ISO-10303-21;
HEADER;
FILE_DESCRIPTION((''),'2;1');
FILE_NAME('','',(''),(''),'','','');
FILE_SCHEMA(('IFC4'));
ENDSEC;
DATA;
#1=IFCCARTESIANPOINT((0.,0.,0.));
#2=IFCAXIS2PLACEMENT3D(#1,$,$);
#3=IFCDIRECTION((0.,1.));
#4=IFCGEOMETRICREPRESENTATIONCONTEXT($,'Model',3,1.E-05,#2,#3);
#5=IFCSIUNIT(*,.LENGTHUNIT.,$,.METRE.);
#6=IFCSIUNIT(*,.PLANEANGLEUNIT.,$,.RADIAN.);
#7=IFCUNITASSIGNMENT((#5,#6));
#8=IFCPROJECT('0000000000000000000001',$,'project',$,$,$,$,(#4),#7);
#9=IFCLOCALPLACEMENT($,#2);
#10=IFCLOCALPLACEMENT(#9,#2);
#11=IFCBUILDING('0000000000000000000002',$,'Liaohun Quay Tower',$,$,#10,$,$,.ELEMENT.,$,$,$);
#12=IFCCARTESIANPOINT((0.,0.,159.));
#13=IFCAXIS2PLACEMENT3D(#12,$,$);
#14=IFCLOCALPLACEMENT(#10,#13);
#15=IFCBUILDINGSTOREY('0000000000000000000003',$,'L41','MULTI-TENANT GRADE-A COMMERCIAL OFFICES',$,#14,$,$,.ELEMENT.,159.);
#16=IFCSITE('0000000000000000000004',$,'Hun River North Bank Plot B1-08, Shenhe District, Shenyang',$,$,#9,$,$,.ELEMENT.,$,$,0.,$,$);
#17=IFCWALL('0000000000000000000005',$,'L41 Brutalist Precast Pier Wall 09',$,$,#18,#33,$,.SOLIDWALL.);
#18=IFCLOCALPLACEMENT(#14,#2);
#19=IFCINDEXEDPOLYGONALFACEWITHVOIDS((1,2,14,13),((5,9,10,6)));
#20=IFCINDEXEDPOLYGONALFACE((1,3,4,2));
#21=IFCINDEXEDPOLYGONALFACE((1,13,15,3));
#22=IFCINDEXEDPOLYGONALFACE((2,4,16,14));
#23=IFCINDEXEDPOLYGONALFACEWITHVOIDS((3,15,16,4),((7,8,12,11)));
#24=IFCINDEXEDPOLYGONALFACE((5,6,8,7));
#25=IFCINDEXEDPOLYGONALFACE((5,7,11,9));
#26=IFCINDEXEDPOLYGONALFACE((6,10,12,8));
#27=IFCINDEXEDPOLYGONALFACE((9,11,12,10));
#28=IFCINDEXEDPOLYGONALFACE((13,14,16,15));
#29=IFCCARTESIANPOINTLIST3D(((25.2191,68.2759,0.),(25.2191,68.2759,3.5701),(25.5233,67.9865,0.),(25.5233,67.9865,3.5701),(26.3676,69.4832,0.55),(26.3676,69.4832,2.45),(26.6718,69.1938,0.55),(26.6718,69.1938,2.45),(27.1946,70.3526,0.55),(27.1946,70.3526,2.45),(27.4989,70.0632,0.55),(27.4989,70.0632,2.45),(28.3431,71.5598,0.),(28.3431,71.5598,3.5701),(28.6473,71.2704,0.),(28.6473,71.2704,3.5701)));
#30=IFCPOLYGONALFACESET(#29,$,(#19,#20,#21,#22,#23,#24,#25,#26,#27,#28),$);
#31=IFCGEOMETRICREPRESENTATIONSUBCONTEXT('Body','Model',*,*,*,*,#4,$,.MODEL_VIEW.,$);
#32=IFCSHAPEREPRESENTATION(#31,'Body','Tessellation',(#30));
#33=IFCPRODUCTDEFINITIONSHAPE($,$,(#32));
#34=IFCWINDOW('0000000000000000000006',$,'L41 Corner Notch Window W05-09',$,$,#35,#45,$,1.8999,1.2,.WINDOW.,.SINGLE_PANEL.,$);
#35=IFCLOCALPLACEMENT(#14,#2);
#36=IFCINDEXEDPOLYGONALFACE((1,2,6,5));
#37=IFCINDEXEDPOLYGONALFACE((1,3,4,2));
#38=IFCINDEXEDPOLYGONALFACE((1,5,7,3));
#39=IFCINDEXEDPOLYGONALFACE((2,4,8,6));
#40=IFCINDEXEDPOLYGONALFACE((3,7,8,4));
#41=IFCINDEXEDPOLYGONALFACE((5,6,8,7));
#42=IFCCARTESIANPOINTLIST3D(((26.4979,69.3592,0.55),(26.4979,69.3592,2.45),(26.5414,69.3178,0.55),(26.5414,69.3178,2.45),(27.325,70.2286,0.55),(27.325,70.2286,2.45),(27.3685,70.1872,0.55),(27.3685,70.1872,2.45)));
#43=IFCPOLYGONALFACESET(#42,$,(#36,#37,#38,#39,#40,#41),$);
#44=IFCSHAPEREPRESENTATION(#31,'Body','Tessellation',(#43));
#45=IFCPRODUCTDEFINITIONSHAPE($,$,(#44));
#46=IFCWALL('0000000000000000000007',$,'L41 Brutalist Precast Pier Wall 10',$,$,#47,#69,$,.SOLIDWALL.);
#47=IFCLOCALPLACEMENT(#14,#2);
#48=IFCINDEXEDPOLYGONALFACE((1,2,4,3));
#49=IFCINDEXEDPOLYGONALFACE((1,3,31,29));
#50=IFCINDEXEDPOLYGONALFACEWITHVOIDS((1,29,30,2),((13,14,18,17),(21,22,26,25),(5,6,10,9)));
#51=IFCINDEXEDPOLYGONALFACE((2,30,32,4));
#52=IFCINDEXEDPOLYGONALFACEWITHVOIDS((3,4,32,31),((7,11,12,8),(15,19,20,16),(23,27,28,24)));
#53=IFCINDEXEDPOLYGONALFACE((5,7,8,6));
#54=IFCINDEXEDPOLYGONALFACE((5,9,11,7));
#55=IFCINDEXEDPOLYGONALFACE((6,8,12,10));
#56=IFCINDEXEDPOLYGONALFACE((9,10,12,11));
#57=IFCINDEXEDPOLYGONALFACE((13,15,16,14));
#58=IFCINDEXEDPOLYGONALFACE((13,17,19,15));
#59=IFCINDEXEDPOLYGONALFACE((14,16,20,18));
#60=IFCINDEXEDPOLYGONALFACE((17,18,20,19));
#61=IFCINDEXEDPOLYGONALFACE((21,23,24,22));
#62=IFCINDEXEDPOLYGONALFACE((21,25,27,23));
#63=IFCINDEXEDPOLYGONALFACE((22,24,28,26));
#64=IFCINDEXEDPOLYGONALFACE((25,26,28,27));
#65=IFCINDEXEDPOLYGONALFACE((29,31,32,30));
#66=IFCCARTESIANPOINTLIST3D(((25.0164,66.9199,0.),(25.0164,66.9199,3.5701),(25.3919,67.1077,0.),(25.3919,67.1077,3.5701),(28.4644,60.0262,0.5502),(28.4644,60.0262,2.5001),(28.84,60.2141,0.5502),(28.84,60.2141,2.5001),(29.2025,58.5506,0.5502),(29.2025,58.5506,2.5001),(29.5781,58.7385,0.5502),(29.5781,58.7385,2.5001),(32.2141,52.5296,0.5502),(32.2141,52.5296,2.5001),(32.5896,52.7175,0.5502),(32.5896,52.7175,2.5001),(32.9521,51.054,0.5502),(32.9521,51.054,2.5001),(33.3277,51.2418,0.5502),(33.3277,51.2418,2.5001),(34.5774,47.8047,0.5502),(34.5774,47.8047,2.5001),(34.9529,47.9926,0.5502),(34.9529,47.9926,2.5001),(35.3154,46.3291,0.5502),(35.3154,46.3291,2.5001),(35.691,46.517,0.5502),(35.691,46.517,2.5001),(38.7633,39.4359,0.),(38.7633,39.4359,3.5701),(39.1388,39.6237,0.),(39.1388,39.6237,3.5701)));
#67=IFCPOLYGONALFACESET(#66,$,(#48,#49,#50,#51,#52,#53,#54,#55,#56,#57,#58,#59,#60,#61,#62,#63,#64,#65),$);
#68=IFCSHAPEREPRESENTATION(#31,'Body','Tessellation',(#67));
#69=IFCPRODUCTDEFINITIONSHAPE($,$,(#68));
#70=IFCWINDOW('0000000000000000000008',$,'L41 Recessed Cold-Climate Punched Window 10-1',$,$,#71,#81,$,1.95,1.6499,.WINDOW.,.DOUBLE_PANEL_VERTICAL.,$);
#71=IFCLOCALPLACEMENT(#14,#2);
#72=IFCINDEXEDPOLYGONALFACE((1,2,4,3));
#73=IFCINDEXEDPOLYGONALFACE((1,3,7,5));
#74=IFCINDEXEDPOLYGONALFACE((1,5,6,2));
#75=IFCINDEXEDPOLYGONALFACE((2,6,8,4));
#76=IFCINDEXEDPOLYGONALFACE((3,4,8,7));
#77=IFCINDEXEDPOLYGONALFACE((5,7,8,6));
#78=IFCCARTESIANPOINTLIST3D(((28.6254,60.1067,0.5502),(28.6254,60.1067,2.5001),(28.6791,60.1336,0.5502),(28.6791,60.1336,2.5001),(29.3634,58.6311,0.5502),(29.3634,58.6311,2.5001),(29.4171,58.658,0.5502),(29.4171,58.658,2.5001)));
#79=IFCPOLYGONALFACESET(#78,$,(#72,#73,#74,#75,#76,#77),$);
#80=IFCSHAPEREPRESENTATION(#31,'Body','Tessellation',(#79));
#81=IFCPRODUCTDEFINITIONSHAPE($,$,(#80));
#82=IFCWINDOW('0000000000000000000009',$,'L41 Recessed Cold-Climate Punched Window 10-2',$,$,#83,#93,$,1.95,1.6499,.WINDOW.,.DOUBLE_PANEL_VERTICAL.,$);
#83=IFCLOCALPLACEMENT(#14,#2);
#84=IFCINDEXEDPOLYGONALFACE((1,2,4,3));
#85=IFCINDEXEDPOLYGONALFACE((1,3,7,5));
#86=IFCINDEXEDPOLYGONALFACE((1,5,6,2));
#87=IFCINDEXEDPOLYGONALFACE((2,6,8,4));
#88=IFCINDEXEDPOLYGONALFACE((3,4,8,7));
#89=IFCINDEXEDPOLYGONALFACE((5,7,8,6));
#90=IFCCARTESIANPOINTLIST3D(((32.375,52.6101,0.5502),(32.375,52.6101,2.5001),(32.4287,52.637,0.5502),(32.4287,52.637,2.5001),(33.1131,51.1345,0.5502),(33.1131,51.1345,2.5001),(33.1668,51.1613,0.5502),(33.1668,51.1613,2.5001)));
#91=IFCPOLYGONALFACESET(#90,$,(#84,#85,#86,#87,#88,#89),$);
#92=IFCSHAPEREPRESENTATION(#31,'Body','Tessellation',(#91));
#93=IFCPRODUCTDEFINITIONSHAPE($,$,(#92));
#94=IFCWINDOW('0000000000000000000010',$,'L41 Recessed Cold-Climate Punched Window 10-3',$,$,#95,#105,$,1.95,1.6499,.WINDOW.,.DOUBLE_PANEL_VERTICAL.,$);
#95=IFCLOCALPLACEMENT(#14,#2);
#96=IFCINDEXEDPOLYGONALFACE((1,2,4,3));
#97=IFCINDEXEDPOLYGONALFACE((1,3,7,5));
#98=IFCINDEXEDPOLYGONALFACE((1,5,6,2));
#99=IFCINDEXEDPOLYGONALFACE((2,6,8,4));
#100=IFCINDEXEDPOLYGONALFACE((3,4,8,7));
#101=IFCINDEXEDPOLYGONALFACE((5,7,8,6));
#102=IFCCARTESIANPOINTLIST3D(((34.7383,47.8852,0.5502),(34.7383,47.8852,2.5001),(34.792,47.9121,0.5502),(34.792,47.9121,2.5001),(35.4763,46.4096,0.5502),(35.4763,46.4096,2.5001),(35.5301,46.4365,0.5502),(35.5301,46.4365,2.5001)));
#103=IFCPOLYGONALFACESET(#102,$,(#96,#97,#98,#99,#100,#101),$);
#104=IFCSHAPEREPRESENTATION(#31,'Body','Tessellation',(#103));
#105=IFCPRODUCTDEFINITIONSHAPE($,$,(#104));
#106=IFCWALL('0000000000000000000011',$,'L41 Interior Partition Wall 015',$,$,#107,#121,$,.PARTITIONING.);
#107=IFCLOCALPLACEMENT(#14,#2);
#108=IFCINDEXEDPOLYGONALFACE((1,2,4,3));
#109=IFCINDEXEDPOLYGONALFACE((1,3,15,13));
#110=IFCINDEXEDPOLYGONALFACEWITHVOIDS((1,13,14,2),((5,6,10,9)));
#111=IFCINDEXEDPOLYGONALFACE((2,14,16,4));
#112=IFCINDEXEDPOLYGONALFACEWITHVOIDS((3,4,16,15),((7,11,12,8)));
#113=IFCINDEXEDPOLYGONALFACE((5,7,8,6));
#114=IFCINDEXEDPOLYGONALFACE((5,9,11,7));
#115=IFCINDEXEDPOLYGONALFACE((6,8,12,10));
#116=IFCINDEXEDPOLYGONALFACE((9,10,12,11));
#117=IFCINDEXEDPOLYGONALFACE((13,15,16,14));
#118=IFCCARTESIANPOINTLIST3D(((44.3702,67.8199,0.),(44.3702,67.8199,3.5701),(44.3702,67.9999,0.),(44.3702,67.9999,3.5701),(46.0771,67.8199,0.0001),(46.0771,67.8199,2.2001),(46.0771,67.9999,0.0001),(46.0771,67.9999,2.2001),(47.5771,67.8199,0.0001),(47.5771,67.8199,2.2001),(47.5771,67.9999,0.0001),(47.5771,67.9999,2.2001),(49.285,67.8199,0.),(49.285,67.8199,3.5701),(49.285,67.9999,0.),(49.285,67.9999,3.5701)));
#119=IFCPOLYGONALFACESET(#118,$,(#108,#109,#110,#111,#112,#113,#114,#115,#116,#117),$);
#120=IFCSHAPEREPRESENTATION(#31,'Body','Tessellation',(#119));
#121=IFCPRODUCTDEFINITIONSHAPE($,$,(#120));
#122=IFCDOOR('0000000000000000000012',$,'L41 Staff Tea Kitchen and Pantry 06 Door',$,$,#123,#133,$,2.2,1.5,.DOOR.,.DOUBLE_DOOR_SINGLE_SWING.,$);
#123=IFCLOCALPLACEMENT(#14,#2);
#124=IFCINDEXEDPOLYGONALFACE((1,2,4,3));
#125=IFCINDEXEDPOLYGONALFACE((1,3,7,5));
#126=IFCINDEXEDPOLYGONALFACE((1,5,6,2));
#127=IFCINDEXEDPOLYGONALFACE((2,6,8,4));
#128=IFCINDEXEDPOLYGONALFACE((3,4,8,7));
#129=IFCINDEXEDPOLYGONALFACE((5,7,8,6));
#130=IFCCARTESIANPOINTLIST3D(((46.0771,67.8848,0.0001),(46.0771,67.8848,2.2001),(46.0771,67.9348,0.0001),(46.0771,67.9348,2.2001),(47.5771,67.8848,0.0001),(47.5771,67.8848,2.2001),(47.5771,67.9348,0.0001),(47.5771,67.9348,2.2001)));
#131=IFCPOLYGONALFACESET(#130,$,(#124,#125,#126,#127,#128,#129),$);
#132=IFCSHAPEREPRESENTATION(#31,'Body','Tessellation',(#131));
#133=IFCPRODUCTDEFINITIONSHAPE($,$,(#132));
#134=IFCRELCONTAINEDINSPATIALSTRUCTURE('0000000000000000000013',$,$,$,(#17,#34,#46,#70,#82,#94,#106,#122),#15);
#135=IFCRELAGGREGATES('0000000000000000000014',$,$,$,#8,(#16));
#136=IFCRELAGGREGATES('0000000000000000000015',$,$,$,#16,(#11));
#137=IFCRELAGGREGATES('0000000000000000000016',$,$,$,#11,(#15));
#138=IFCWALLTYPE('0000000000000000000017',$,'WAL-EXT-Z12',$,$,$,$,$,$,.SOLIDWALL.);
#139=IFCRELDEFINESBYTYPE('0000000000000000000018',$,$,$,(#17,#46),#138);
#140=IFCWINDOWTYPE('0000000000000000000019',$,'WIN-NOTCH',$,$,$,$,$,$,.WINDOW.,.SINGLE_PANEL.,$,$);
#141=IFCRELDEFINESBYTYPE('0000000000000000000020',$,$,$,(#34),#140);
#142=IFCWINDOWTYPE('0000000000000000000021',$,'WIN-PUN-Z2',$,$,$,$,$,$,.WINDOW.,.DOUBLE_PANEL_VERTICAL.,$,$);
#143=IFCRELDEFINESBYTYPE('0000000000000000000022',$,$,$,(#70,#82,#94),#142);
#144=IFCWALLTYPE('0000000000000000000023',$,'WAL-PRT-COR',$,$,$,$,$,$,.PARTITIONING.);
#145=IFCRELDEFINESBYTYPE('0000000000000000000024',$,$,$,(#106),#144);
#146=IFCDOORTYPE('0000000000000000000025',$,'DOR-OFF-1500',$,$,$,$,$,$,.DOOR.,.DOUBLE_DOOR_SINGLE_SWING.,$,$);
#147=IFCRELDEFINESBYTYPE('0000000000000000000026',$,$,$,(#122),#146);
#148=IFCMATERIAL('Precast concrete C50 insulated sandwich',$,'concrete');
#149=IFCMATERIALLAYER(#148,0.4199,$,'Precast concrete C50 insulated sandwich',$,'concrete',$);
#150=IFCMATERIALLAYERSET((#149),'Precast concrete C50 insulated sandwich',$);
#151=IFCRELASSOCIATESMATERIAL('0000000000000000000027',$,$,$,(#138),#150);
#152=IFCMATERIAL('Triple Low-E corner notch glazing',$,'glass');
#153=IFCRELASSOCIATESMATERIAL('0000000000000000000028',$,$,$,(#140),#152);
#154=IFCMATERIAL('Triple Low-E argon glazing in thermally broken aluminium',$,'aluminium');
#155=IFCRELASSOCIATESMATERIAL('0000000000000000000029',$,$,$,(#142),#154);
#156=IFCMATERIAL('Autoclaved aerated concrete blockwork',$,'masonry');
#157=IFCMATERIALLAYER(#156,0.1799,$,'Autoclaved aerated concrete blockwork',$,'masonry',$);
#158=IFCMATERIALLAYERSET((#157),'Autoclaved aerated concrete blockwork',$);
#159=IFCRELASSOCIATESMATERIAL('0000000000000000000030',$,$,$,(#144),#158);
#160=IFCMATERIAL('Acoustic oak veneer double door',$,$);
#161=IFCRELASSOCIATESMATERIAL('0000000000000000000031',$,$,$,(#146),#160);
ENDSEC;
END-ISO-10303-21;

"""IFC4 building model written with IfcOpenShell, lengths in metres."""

from ifc_helpers import new_model, si_unit, direction, frame, frame_2d, origin, place, context, subcontext, project, spatial, rectangle, extrude, source, transform, mapped, material, layer, layer_set, type_object, element, fill, save


model = new_model("IFC4")

# Units and contexts
model_context = context("Model", 3, precision=1e-05, world=origin(), true_north=direction((0.0, 1.0)))
body_context = subcontext(model_context, "Body", "Model", "MODEL_VIEW")
ifc_project = project(units=[si_unit("LENGTHUNIT", "METRE"), si_unit("PLANEANGLEUNIT", "RADIAN")], contexts=[model_context])

# Site, building, storey
site_placement = place(None, origin())
site = spatial("IfcSite", under=ifc_project, at=site_placement, Name="Hun River North Bank Plot B1-08, Shenhe District, Shenyang", CompositionType="ELEMENT", RefElevation=0.0)
building_placement = place(site_placement, origin())
building = spatial("IfcBuilding", under=site, at=building_placement, Name="Liaohun Quay Tower", CompositionType="ELEMENT")
storey_placement = place(building_placement, frame((0.0, 0.0, 159.0)))
storey = spatial("IfcBuildingStorey", under=building, at=storey_placement, Name="L41", Description="MULTI-TENANT GRADE-A COMMERCIAL OFFICES", CompositionType="ELEMENT", Elevation=159.0)

# Wall, opening, window
ifc_material_1 = material(Name="Precast concrete C50 insulated sandwich", Category="concrete")
ifc_layer_1 = layer(ifc_material_1, 0.4199, Name="Precast concrete C50 insulated sandwich", Category="concrete")
ifc_layer_set_1 = layer_set([ifc_layer_1], Name="Precast concrete C50 insulated sandwich")
wall_type_1 = type_object("IfcWallType", Name="WAL-EXT-Z12", PredefinedType="SOLIDWALL", material=ifc_layer_set_1)
shared_shape_1 = source(origin(), body_context, "Body", "SweptSolid", [
    extrude(rectangle(XDim=1.2, YDim=1.8999, at=frame_2d((0.6001, 0.95))), frame((0.0, 0.22, 0.0), z_axis=(0.0, -1.0, 0.0), x_axis=(1.0, 0.0, 0.0)), (0.0, 0.0, 1.0), 0.4399),
])
ifc_material_2 = material(Name="Triple Low-E corner notch glazing", Category="glass")
window_type_1 = type_object("IfcWindowType", Name="WIN-NOTCH", PartitioningType="SINGLE_PANEL", PredefinedType="WINDOW", material=ifc_material_2)
shared_shape_2 = source(origin(), body_context, "Body", "SweptSolid", [
    extrude(rectangle(XDim=1.2, YDim=1.8999, at=frame_2d((0.6001, 0.95))), frame((0.0, 0.03, 0.0), z_axis=(0.0, -1.0, 0.0), x_axis=(1.0, 0.0, 0.0)), (0.0, 0.0, 1.0), 0.0601),
])
wall_1_placement = place(storey_placement, frame((28.4951, 71.415, 0.0), z_axis=(0.0, 0.0, 1.0), x_axis=(-0.689246, -0.724527, 0.0)))
wall_1 = element("IfcWall", 1, at=wall_1_placement, inside=storey, type_object=wall_type_1, Name="L41 Brutalist Precast Pier Wall 09", PredefinedType="SOLIDWALL", context=body_context, shape_type="SweptSolid", body=[
    extrude(rectangle(XDim=4.5325, YDim=0.4199, at=frame_2d((2.2661, 0.0))), origin(), (0.0, 0.0, 1.0), 3.5701),
])
opening_1_placement = place(wall_1_placement, frame((1.666, 0.0, 0.55)))
opening_1 = element("IfcOpeningElement", 2, at=opening_1_placement, cuts=wall_1, PredefinedType="OPENING", context=body_context, shape_type="MappedRepresentation", body=[
    mapped(shared_shape_1, transform((0.0, 0.0, 0.0), x_axis=(1.0, 0.0, 0.0), y_axis=(0.0, 1.0, 0.0), z_axis=(0.0, 0.0, 1.0), scale=1.0)),
])
window_1_placement = place(opening_1_placement, origin())
window_1 = element("IfcWindow", 3, at=window_1_placement, inside=storey, type_object=window_type_1, Name="L41 Corner Notch Window W05-09", OverallHeight=1.8999, OverallWidth=1.2, PartitioningType="SINGLE_PANEL", PredefinedType="WINDOW", context=body_context, shape_type="MappedRepresentation", body=[
    mapped(shared_shape_2, transform((0.0, 0.0, 0.0), x_axis=(1.0, 0.0, 0.0), y_axis=(0.0, 1.0, 0.0), z_axis=(0.0, 0.0, 1.0), scale=1.0)),
])
fill(opening_1, window_1)

# Wall, openings, windows
wall_2_placement = place(storey_placement, frame((25.2041, 67.0139, 0.0), z_axis=(0.0, 0.0, 1.0), x_axis=(0.447341, -0.894364, 0.0)))
wall_2 = element("IfcWall", 4, at=wall_2_placement, inside=storey, type_object=wall_type_1, Name="L41 Brutalist Precast Pier Wall 10", PredefinedType="SOLIDWALL", context=body_context, shape_type="SweptSolid", body=[
    extrude(rectangle(XDim=30.7302, YDim=0.4199, at=frame_2d((15.3652, 0.0))), origin(), (0.0, 0.0, 1.0), 3.5701),
])
shared_shape_3 = source(origin(), body_context, "Body", "SweptSolid", [
    extrude(rectangle(XDim=1.6499, YDim=1.95, at=frame_2d((0.825, 0.9751))), frame((0.0, 0.22, 0.0), z_axis=(0.0, -1.0, 0.0), x_axis=(1.0, 0.0, 0.0)), (0.0, 0.0, 1.0), 0.4399),
])
opening_2_placement = place(wall_2_placement, frame((7.708, 0.0, 0.55)))
opening_2 = element("IfcOpeningElement", 5, at=opening_2_placement, cuts=wall_2, PredefinedType="OPENING", context=body_context, shape_type="MappedRepresentation", body=[
    mapped(shared_shape_3, transform((0.0, 0.0, 0.0), x_axis=(1.0, 0.0, 0.0), y_axis=(0.0, 1.0, 0.0), z_axis=(0.0, 0.0, 1.0), scale=1.0)),
])
opening_3_placement = place(wall_2_placement, frame((16.0901, 0.0, 0.55)))
opening_3 = element("IfcOpeningElement", 6, at=opening_3_placement, cuts=wall_2, PredefinedType="OPENING", context=body_context, shape_type="MappedRepresentation", body=[
    mapped(shared_shape_3, transform((0.0, 0.0, 0.0), x_axis=(1.0, 0.0, 0.0), y_axis=(0.0, 1.0, 0.0), z_axis=(0.0, 0.0, 1.0), scale=1.0)),
])
opening_4_placement = place(wall_2_placement, frame((21.373, 0.0, 0.55)))
opening_4 = element("IfcOpeningElement", 7, at=opening_4_placement, cuts=wall_2, PredefinedType="OPENING", context=body_context, shape_type="MappedRepresentation", body=[
    mapped(shared_shape_3, transform((0.0, 0.0, 0.0), x_axis=(1.0, 0.0, 0.0), y_axis=(0.0, 1.0, 0.0), z_axis=(0.0, 0.0, 1.0), scale=1.0)),
])
ifc_material_3 = material(Name="Triple Low-E argon glazing in thermally broken aluminium", Category="aluminium")
window_type_2 = type_object("IfcWindowType", Name="WIN-PUN-Z2", PartitioningType="DOUBLE_PANEL_VERTICAL", PredefinedType="WINDOW", material=ifc_material_3)
shared_shape_4 = source(origin(), body_context, "Body", "SweptSolid", [
    extrude(rectangle(XDim=1.6499, YDim=1.95, at=frame_2d((0.825, 0.9751))), frame((0.0, 0.03, 0.0), z_axis=(0.0, -1.0, 0.0), x_axis=(1.0, 0.0, 0.0)), (0.0, 0.0, 1.0), 0.0601),
])
window_2_placement = place(opening_2_placement, origin())
window_2 = element("IfcWindow", 8, at=window_2_placement, inside=storey, type_object=window_type_2, Name="L41 Recessed Cold-Climate Punched Window 10-1", OverallHeight=1.95, OverallWidth=1.6499, PartitioningType="DOUBLE_PANEL_VERTICAL", PredefinedType="WINDOW", context=body_context, shape_type="MappedRepresentation", body=[
    mapped(shared_shape_4, transform((0.0, 0.0, 0.0), x_axis=(1.0, 0.0, 0.0), y_axis=(0.0, 1.0, 0.0), z_axis=(0.0, 0.0, 1.0), scale=1.0)),
])
fill(opening_2, window_2)
window_3_placement = place(opening_3_placement, origin())
window_3 = element("IfcWindow", 9, at=window_3_placement, inside=storey, type_object=window_type_2, Name="L41 Recessed Cold-Climate Punched Window 10-2", OverallHeight=1.95, OverallWidth=1.6499, PartitioningType="DOUBLE_PANEL_VERTICAL", PredefinedType="WINDOW", context=body_context, shape_type="MappedRepresentation", body=[
    mapped(shared_shape_4, transform((0.0, 0.0, 0.0), x_axis=(1.0, 0.0, 0.0), y_axis=(0.0, 1.0, 0.0), z_axis=(0.0, 0.0, 1.0), scale=1.0)),
])
fill(opening_3, window_3)
window_4_placement = place(opening_4_placement, origin())
window_4 = element("IfcWindow", 10, at=window_4_placement, inside=storey, type_object=window_type_2, Name="L41 Recessed Cold-Climate Punched Window 10-3", OverallHeight=1.95, OverallWidth=1.6499, PartitioningType="DOUBLE_PANEL_VERTICAL", PredefinedType="WINDOW", context=body_context, shape_type="MappedRepresentation", body=[
    mapped(shared_shape_4, transform((0.0, 0.0, 0.0), x_axis=(1.0, 0.0, 0.0), y_axis=(0.0, 1.0, 0.0), z_axis=(0.0, 0.0, 1.0), scale=1.0)),
])
fill(opening_4, window_4)

# Wall, opening, door
ifc_material_4 = material(Name="Autoclaved aerated concrete blockwork", Category="masonry")
ifc_layer_2 = layer(ifc_material_4, 0.1799, Name="Autoclaved aerated concrete blockwork", Category="masonry")
ifc_layer_set_2 = layer_set([ifc_layer_2], Name="Autoclaved aerated concrete blockwork")
wall_type_2 = type_object("IfcWallType", Name="WAL-PRT-COR", PredefinedType="PARTITIONING", material=ifc_layer_set_2)
wall_3_placement = place(storey_placement, frame((44.3701, 67.9099, 0.0), z_axis=(0.0, 0.0, 1.0), x_axis=(1.0, 0.0, 0.0)))
wall_3 = element("IfcWall", 11, at=wall_3_placement, inside=storey, type_object=wall_type_2, Name="L41 Interior Partition Wall 015", PredefinedType="PARTITIONING", context=body_context, shape_type="SweptSolid", body=[
    extrude(rectangle(XDim=4.9148, YDim=0.1799, at=frame_2d((2.4575, 0.0))), origin(), (0.0, 0.0, 1.0), 3.5701),
])
shared_shape_5 = source(origin(), body_context, "Body", "SweptSolid", [
    extrude(rectangle(XDim=1.5, YDim=2.2, at=frame_2d((0.75, 1.1001))), frame((0.0, 0.0999, 0.0), z_axis=(0.0, -1.0, 0.0), x_axis=(1.0, 0.0, 0.0)), (0.0, 0.0, 1.0), 0.2),
])
opening_5_placement = place(wall_3_placement, frame((1.707, 0.0, 0.0)))
opening_5 = element("IfcOpeningElement", 12, at=opening_5_placement, cuts=wall_3, PredefinedType="OPENING", context=body_context, shape_type="MappedRepresentation", body=[
    mapped(shared_shape_5, transform((0.0, 0.0, 0.0), x_axis=(1.0, 0.0, 0.0), y_axis=(0.0, 1.0, 0.0), z_axis=(0.0, 0.0, 1.0), scale=1.0)),
])
ifc_material_5 = material(Name="Acoustic oak veneer double door")
door_type_1 = type_object("IfcDoorType", Name="DOR-OFF-1500", OperationType="DOUBLE_DOOR_SINGLE_SWING", PredefinedType="DOOR", material=ifc_material_5)
shared_shape_6 = source(origin(), body_context, "Body", "SweptSolid", [
    extrude(rectangle(XDim=1.5, YDim=2.2, at=frame_2d((0.75, 1.1001))), frame((0.0, 0.0249, 0.0), z_axis=(0.0, -1.0, 0.0), x_axis=(1.0, 0.0, 0.0)), (0.0, 0.0, 1.0), 0.05),
])
door_1_placement = place(opening_5_placement, origin())
door_1 = element("IfcDoor", 13, at=door_1_placement, inside=storey, type_object=door_type_1, Name="L41 Staff Tea Kitchen and Pantry 06 Door", OperationType="DOUBLE_DOOR_SINGLE_SWING", OverallHeight=2.2, OverallWidth=1.5, PredefinedType="DOOR", context=body_context, shape_type="MappedRepresentation", body=[
    mapped(shared_shape_6, transform((0.0, 0.0, 0.0), x_axis=(1.0, 0.0, 0.0), y_axis=(0.0, 1.0, 0.0), z_axis=(0.0, 0.0, 1.0), scale=1.0)),
])
fill(opening_5, door_1)

save(model, "model.ifc")
